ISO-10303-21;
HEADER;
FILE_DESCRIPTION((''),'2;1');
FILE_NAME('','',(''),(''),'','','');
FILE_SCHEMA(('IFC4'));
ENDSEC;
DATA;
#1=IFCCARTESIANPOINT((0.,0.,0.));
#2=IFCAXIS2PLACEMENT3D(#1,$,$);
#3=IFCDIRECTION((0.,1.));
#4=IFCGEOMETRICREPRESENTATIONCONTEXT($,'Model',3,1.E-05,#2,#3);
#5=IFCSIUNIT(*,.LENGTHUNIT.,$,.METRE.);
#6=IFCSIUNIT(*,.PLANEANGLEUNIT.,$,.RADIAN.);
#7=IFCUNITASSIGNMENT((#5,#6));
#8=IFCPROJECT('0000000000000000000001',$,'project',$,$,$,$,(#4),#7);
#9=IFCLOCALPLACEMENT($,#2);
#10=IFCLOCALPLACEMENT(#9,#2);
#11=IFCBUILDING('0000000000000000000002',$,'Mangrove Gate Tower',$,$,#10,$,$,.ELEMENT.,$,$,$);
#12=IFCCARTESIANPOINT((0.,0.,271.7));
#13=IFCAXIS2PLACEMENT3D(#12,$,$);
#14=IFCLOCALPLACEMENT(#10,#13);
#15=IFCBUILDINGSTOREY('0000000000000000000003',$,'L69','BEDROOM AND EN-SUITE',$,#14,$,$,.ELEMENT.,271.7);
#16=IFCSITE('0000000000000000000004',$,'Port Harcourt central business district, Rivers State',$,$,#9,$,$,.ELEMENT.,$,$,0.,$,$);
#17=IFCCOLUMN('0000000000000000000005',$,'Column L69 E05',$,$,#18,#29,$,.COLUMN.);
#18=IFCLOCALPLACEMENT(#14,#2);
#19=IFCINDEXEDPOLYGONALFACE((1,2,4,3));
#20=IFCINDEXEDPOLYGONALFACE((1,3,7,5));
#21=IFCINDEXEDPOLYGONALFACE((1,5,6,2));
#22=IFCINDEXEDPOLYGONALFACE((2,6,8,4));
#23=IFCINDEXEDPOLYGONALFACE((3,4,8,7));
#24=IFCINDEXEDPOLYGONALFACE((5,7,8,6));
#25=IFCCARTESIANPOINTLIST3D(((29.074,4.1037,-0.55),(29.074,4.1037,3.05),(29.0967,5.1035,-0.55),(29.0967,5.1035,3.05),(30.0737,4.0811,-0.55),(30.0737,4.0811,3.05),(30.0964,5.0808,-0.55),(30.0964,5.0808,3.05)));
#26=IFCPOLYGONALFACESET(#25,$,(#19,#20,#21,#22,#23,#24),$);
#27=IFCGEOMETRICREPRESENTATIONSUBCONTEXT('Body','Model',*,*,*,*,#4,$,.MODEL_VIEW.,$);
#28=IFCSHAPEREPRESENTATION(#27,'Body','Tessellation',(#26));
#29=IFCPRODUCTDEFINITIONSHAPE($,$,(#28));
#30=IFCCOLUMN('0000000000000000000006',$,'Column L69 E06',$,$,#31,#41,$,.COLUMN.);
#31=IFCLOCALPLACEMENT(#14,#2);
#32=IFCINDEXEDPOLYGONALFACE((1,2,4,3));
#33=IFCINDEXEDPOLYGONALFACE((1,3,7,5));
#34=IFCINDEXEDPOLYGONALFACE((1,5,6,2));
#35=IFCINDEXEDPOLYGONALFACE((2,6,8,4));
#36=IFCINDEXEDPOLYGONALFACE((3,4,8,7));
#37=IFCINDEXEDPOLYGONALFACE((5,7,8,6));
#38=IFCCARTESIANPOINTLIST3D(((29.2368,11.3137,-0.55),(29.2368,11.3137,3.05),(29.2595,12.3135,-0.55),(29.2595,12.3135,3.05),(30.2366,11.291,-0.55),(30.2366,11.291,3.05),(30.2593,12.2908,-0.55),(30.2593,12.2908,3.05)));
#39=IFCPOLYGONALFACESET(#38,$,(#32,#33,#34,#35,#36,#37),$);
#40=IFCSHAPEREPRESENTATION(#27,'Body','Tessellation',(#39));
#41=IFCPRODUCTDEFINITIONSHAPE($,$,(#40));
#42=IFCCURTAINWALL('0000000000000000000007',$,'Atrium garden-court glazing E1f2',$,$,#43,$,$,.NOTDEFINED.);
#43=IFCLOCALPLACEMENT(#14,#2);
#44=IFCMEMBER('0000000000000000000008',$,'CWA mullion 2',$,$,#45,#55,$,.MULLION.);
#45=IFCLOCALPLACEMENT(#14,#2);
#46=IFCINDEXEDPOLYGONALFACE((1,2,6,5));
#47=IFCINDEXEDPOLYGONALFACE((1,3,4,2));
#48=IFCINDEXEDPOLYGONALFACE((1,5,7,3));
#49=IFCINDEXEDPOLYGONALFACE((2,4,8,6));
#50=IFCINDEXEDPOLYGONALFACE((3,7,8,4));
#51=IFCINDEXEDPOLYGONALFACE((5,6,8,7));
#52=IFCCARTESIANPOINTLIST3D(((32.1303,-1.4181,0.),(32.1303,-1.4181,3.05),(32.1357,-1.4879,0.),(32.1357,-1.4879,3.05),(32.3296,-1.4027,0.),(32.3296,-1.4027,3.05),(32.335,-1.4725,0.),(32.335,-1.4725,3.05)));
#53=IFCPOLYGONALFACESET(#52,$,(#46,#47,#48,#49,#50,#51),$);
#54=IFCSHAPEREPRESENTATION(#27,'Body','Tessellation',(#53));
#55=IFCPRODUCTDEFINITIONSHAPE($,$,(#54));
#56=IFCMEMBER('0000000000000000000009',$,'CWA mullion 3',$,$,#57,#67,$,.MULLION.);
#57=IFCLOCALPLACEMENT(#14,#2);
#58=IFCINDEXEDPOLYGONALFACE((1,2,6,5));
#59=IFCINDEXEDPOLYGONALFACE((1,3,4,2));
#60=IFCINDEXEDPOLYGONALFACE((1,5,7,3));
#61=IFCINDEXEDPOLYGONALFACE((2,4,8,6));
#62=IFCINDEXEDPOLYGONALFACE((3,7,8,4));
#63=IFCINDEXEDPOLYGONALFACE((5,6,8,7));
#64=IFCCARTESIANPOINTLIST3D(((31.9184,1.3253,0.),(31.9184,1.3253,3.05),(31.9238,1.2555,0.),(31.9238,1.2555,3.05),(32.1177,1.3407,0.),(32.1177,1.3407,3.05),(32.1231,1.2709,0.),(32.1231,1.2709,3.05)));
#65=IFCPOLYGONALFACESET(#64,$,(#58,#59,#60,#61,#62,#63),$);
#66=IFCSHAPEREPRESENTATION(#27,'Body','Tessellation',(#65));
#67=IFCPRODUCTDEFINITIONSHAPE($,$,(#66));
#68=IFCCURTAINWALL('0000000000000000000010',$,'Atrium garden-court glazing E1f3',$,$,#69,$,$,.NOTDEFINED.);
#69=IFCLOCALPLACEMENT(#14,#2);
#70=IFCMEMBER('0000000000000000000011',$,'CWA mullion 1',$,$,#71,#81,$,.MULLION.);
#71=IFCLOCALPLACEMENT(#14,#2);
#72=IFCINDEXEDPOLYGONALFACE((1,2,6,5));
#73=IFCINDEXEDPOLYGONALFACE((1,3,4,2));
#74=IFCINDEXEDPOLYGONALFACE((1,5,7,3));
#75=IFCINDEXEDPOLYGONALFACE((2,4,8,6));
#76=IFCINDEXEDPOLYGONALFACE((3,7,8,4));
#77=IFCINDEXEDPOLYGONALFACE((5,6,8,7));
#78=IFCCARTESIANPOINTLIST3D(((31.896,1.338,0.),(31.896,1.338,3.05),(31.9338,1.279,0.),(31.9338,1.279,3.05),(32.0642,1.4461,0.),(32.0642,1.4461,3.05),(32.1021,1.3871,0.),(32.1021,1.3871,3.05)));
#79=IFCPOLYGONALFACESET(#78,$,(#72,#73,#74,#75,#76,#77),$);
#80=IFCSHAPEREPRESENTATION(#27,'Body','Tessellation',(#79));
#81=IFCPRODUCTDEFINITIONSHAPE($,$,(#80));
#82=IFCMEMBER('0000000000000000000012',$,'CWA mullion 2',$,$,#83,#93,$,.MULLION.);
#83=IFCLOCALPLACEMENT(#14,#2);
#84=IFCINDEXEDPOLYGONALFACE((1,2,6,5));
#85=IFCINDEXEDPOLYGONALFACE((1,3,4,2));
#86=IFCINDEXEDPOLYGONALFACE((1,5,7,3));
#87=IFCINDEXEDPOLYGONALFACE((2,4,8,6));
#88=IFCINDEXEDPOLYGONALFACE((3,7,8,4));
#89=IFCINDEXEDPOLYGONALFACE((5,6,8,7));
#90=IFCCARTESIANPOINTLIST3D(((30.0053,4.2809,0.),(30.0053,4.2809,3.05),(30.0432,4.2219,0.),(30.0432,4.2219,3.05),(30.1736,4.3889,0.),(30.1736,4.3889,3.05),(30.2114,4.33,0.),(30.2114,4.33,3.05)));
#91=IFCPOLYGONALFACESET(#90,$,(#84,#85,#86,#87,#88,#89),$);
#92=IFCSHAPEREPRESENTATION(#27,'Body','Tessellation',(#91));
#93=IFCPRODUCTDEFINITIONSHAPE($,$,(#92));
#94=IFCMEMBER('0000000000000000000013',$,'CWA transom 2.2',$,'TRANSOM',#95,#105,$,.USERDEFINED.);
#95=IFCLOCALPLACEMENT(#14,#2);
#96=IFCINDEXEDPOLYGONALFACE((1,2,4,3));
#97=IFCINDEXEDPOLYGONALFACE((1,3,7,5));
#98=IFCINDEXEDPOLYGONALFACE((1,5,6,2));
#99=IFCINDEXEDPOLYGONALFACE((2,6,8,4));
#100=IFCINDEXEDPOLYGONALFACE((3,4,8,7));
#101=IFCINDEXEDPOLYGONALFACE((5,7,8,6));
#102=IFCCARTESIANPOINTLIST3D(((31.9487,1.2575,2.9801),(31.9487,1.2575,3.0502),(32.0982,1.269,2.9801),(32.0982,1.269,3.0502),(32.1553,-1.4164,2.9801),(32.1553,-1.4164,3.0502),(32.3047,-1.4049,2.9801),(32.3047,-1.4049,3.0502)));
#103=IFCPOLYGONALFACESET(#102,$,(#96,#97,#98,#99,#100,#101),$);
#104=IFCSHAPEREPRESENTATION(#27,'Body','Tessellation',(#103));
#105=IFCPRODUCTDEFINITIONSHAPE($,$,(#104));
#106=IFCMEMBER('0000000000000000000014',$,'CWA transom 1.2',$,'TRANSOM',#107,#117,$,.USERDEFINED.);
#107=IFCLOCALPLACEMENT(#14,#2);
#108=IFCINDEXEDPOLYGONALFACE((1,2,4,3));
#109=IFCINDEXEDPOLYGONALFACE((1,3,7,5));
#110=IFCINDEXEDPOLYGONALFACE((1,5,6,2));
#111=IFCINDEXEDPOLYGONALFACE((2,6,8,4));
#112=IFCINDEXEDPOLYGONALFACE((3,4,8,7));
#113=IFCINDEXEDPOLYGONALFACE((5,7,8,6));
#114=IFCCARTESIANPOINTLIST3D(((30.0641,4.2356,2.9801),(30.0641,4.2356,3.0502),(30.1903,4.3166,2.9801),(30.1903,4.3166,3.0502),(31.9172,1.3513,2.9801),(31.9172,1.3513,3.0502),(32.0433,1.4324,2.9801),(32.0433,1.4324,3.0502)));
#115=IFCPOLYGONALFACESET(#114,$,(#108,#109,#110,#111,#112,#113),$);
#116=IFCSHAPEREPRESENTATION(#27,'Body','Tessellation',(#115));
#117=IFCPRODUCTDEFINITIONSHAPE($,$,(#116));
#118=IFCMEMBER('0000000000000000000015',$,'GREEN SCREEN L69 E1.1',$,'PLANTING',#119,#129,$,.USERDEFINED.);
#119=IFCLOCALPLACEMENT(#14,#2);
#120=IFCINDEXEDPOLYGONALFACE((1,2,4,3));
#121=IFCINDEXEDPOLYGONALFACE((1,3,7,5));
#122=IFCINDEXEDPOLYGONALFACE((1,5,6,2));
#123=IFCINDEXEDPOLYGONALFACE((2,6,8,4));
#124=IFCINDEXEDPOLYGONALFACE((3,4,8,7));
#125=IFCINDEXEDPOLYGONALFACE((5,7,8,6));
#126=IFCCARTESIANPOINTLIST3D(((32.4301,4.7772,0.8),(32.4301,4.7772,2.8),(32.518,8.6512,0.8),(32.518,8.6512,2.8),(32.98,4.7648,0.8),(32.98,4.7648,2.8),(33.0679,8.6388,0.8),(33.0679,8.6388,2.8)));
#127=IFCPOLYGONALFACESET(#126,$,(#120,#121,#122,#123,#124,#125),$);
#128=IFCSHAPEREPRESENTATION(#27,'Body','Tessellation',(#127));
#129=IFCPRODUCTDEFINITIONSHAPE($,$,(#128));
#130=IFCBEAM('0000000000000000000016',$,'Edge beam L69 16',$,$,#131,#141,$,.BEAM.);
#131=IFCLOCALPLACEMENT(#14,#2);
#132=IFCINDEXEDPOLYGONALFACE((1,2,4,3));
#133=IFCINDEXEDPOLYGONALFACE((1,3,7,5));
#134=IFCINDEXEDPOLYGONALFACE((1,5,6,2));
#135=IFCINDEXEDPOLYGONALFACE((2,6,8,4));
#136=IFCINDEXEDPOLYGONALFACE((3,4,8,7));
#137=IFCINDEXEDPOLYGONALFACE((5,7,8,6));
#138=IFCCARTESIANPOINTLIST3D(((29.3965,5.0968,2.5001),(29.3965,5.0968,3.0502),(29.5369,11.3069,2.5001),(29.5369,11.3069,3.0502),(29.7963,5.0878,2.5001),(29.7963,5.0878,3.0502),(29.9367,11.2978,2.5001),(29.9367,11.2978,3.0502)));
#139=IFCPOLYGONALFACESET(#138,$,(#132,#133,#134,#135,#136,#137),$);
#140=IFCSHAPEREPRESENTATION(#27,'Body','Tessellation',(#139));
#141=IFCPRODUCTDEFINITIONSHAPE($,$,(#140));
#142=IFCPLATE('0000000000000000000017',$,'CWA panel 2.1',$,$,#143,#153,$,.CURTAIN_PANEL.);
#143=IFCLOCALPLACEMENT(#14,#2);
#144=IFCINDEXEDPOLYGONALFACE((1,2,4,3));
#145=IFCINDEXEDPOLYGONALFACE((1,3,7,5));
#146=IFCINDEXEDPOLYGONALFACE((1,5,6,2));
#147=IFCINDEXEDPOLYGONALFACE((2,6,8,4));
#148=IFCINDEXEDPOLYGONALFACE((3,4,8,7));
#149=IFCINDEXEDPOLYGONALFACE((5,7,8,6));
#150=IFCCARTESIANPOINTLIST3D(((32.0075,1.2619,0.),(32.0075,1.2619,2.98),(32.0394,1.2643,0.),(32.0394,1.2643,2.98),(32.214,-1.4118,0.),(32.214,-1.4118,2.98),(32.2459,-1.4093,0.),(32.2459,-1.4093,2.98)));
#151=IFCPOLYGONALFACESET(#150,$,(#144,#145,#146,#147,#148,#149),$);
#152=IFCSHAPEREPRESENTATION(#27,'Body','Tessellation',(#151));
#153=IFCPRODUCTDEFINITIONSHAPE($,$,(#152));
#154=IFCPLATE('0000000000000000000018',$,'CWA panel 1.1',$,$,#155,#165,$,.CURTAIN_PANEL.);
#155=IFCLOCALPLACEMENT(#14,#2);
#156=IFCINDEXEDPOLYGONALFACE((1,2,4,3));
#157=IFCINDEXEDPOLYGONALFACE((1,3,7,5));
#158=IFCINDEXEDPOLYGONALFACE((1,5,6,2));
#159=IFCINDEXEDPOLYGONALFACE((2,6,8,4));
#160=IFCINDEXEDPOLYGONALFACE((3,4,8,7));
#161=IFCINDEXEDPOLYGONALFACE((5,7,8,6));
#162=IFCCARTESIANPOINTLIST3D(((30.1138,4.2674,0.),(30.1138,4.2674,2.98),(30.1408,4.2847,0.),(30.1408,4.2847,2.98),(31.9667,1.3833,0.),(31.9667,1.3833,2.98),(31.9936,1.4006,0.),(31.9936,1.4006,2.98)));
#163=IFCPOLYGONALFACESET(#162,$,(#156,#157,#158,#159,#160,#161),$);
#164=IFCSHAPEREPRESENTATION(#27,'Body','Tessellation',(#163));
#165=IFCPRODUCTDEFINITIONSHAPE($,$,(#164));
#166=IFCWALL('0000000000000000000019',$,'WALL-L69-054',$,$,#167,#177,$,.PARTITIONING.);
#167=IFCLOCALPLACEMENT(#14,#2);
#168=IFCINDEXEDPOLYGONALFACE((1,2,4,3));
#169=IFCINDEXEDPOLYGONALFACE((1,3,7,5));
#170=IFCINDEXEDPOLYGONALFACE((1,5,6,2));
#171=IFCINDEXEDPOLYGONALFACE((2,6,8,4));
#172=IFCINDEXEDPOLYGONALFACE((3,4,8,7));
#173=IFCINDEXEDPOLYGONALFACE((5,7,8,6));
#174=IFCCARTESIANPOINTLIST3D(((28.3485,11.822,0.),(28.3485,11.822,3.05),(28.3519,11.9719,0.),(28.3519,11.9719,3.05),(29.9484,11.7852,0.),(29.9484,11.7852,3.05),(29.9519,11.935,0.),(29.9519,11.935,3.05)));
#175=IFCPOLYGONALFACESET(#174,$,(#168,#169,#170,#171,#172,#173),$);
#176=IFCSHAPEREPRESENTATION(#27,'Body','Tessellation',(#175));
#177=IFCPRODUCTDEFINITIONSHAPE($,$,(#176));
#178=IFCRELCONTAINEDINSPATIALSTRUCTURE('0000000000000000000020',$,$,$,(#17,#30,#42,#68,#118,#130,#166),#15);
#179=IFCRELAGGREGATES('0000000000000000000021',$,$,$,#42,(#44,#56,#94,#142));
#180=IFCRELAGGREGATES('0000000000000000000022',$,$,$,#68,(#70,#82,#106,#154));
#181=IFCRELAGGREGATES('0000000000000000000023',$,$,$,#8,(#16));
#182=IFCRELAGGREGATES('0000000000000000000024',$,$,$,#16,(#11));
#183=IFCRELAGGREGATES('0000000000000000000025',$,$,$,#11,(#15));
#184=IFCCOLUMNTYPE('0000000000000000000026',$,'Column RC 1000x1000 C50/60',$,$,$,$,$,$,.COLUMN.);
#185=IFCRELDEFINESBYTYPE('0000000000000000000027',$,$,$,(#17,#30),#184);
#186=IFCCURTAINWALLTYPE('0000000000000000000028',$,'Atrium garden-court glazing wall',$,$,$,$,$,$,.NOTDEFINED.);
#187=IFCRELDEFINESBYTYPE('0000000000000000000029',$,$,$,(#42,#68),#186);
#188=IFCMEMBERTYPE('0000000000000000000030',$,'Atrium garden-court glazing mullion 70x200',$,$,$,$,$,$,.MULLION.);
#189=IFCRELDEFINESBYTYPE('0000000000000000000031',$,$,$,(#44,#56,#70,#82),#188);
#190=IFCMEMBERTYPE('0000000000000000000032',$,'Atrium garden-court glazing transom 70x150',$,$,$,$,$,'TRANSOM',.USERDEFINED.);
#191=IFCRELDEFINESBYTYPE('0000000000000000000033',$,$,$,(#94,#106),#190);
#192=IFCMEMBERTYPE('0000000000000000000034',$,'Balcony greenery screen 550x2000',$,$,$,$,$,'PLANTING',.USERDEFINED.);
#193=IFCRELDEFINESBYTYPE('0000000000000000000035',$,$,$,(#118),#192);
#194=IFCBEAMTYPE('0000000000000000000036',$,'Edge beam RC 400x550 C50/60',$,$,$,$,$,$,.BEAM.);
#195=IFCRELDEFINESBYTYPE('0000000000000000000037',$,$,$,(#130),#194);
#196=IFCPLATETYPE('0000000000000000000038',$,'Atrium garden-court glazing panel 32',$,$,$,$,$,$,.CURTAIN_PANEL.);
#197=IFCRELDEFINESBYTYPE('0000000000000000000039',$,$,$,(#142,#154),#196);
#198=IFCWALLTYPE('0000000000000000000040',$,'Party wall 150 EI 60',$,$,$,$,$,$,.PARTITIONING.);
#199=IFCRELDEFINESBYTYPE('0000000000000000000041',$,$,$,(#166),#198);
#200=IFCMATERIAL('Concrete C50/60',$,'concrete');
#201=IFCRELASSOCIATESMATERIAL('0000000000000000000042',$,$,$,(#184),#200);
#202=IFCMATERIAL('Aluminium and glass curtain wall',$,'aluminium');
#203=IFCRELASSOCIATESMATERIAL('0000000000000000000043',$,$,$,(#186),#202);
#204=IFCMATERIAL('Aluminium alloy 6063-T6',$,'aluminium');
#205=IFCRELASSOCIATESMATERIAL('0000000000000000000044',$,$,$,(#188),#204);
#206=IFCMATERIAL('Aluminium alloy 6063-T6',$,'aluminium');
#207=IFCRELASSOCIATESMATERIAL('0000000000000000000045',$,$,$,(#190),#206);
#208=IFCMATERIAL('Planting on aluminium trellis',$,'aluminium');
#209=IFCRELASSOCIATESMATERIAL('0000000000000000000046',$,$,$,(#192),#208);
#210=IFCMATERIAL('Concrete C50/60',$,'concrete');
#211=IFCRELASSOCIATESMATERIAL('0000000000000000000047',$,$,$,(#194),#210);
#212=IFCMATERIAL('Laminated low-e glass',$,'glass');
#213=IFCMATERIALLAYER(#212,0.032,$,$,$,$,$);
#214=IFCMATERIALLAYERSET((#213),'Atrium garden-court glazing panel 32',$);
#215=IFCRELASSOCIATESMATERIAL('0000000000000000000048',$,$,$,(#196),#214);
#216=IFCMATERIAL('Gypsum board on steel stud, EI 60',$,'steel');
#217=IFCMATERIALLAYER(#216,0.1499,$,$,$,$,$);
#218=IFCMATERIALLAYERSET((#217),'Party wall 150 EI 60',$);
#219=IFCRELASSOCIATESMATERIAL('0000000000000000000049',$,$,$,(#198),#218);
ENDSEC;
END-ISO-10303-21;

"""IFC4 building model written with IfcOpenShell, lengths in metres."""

from ifc_helpers import new_model, si_unit, direction, frame, frame_2d, origin, origin_2d, place, context, subcontext, project, spatial, rectangle, extrude, material, layer, layer_set, material_profile, profile_set, type_object, element, aggregate, save


model = new_model("IFC4")

# Units and contexts
model_context = context("Model", 3, precision=1e-05, world=origin(), true_north=direction((0.0, 1.0)))
body_context = subcontext(model_context, "Body", "Model", "MODEL_VIEW")
ifc_project = project(units=[si_unit("LENGTHUNIT", "METRE"), si_unit("PLANEANGLEUNIT", "RADIAN")], contexts=[model_context])

# Site, building, storey
site_placement = place(None, origin())
site = spatial("IfcSite", under=ifc_project, at=site_placement, Name="Port Harcourt central business district, Rivers State", CompositionType="ELEMENT", RefElevation=0.0)
building_placement = place(site_placement, origin())
building = spatial("IfcBuilding", under=site, at=building_placement, Name="Mangrove Gate Tower", CompositionType="ELEMENT")
storey_placement = place(building_placement, frame((0.0, 0.0, 271.7)))
storey = spatial("IfcBuildingStorey", under=building, at=storey_placement, Name="L69", Description="BEDROOM AND EN-SUITE", CompositionType="ELEMENT", Elevation=271.7)

# Columns
ifc_material_1 = material(Name="Concrete C50/60", Category="concrete")
ifc_material_profile_1 = material_profile(ifc_material_1, rectangle(XDim=1.0, YDim=1.0, at=origin_2d()))
ifc_profile_set_1 = profile_set([ifc_material_profile_1], Name="Concrete C50/60")
column_type = type_object("IfcColumnType", Name="Column RC 1000x1000 C50/60", PredefinedType="COLUMN", material=ifc_profile_set_1)
for number, where, z_axis, x_axis, name in (
    (1, (29.5852, 4.5923, -0.55), (0.0, 0.0, 1.0), (0.02266, 0.999743, 0.0), "Column L69 E05"),
    (2, (29.748, 11.8022, -0.55), (0.0, 0.0, 1.0), (0.022669, 0.999743, 0.0), "Column L69 E06"),
):
    element("IfcColumn", number, at=place(storey_placement, frame(where, z_axis=z_axis, x_axis=x_axis)), inside=storey, type_object=column_type, Name=name, PredefinedType="COLUMN", context=body_context, shape_type="SweptSolid", body=[
        extrude(rectangle(XDim=1.0, YDim=1.0, at=origin_2d()), origin(), (0.0, 0.0, 1.0), 3.6001),
    ])

# Curtain walls, members
ifc_material_2 = material(Name="Aluminium and glass curtain wall", Category="aluminium")
curtain_wall_type = type_object("IfcCurtainWallType", Name="Atrium garden-court glazing wall", PredefinedType="NOTDEFINED", material=ifc_material_2)
curtain_wall_1_placement = place(storey_placement, origin())
curtain_wall_1 = element("IfcCurtainWall", 3, at=curtain_wall_1_placement, inside=storey, type_object=curtain_wall_type, Name="Atrium garden-court glazing E1f2", PredefinedType="NOTDEFINED")
ifc_material_3 = material(Name="Aluminium alloy 6063-T6", Category="aluminium")
ifc_material_profile_2 = material_profile(ifc_material_3, rectangle(XDim=0.0701, YDim=0.2, at=origin_2d()))
ifc_profile_set_2 = profile_set([ifc_material_profile_2], Name="Aluminium alloy 6063-T6")
member_type_1 = type_object("IfcMemberType", Name="Atrium garden-court glazing mullion 70x200", PredefinedType="MULLION", material=ifc_profile_set_2)
member_1_placement = place(storey_placement, frame((32.2327, -1.4453, 0.0), z_axis=(0.0, 0.0, 1.0), x_axis=(-0.077023, 0.997029, 0.0)))
member_1 = element("IfcMember", 4, at=member_1_placement, type_object=member_type_1, Name="CWA mullion 2", PredefinedType="MULLION", context=body_context, shape_type="SweptSolid", body=[
    extrude(rectangle(XDim=0.0701, YDim=0.2, at=origin_2d()), origin(), (0.0, 0.0, 1.0), 3.05),
])
member_2_placement = place(storey_placement, frame((32.0208, 1.2981, 0.0), z_axis=(0.0, 0.0, 1.0), x_axis=(-0.077023, 0.997029, 0.0)))
member_2 = element("IfcMember", 5, at=member_2_placement, type_object=member_type_1, Name="CWA mullion 3", PredefinedType="MULLION", context=body_context, shape_type="SweptSolid", body=[
    extrude(rectangle(XDim=0.0701, YDim=0.2, at=origin_2d()), origin(), (0.0, 0.0, 1.0), 3.05),
])
curtain_wall_2_placement = place(storey_placement, origin())
curtain_wall_2 = element("IfcCurtainWall", 6, at=curtain_wall_2_placement, inside=storey, type_object=curtain_wall_type, Name="Atrium garden-court glazing E1f3", PredefinedType="NOTDEFINED")
member_3_placement = place(storey_placement, frame((31.999, 1.3625, 0.0), z_axis=(0.0, 0.0, 1.0), x_axis=(-0.540498, 0.841345, 0.0)))
member_3 = element("IfcMember", 7, at=member_3_placement, type_object=member_type_1, Name="CWA mullion 1", PredefinedType="MULLION", context=body_context, shape_type="SweptSolid", body=[
    extrude(rectangle(XDim=0.0701, YDim=0.2, at=origin_2d()), origin(), (0.0, 0.0, 1.0), 3.05),
])
member_4_placement = place(storey_placement, frame((30.1084, 4.3054, 0.0), z_axis=(0.0, 0.0, 1.0), x_axis=(-0.540498, 0.841345, 0.0)))
member_4 = element("IfcMember", 8, at=member_4_placement, type_object=member_type_1, Name="CWA mullion 2", PredefinedType="MULLION", context=body_context, shape_type="SweptSolid", body=[
    extrude(rectangle(XDim=0.0701, YDim=0.2, at=origin_2d()), origin(), (0.0, 0.0, 1.0), 3.05),
])

# Members
ifc_material_4 = material(Name="Aluminium alloy 6063-T6", Category="aluminium")
ifc_material_profile_3 = material_profile(ifc_material_4, rectangle(XDim=0.0701, YDim=0.1499, at=origin_2d()))
ifc_profile_set_3 = profile_set([ifc_material_profile_3], Name="Aluminium alloy 6063-T6")
member_type_2 = type_object("IfcMemberType", Name="Atrium garden-court glazing transom 70x150", ElementType="TRANSOM", PredefinedType="USERDEFINED", material=ifc_profile_set_3)
member_5_placement = place(storey_placement, frame((32.23, -1.4106, 3.0151), z_axis=(-0.077017, 0.99703, 0.0), x_axis=(0.0, 0.0, 1.0)))
member_5 = element("IfcMember", 9, at=member_5_placement, type_object=member_type_2, Name="CWA transom 2.2", ObjectType="TRANSOM", PredefinedType="USERDEFINED", context=body_context, shape_type="SweptSolid", body=[
    extrude(rectangle(XDim=0.0701, YDim=0.1499, at=origin_2d()), origin(), (0.0, 0.0, 1.0), 2.6819),
])
member_6_placement = place(storey_placement, frame((31.9802, 1.3918, 3.0151), z_axis=(-0.54052, 0.841331, 0.0), x_axis=(0.0, 0.0, 1.0)))
member_6 = element("IfcMember", 10, at=member_6_placement, type_object=member_type_2, Name="CWA transom 1.2", ObjectType="TRANSOM", PredefinedType="USERDEFINED", context=body_context, shape_type="SweptSolid", body=[
    extrude(rectangle(XDim=0.0701, YDim=0.1499, at=origin_2d()), origin(), (0.0, 0.0, 1.0), 3.4282),
])
ifc_material_5 = material(Name="Planting on aluminium trellis", Category="aluminium")
ifc_material_profile_4 = material_profile(ifc_material_5, rectangle(XDim=0.55, YDim=2.0, at=origin_2d()))
ifc_profile_set_4 = profile_set([ifc_material_profile_4], Name="Planting on aluminium trellis")
member_type_3 = type_object("IfcMemberType", Name="Balcony greenery screen 550x2000", ElementType="PLANTING", PredefinedType="USERDEFINED", material=ifc_profile_set_4)
member_7_placement = place(storey_placement, frame((32.7051, 4.771, 1.8), z_axis=(0.022681, 0.999743, 0.0), x_axis=(-0.999743, 0.022681, 0.0)))
element("IfcMember", 11, at=member_7_placement, inside=storey, type_object=member_type_3, Name="GREEN SCREEN L69 E1.1", ObjectType="PLANTING", PredefinedType="USERDEFINED", context=body_context, shape_type="SweptSolid", body=[
    extrude(rectangle(XDim=0.55, YDim=2.0, at=origin_2d()), origin(), (0.0, 0.0, 1.0), 3.875),
])

# Beam
ifc_material_6 = material(Name="Concrete C50/60", Category="concrete")
ifc_material_profile_5 = material_profile(ifc_material_6, rectangle(XDim=0.3999, YDim=0.55, at=origin_2d()))
ifc_profile_set_5 = profile_set([ifc_material_profile_5], Name="Concrete C50/60")
beam_type = type_object("IfcBeamType", Name="Edge beam RC 400x550 C50/60", PredefinedType="BEAM", material=ifc_profile_set_5)
beam_placement = place(storey_placement, frame((29.5964, 5.0923, 2.7751), z_axis=(0.022599, 0.999745, 0.0), x_axis=(-0.999745, 0.022599, 0.0)))
element("IfcBeam", 12, at=beam_placement, inside=storey, type_object=beam_type, Name="Edge beam L69 16", PredefinedType="BEAM", context=body_context, shape_type="SweptSolid", body=[
    extrude(rectangle(XDim=0.3999, YDim=0.55, at=origin_2d()), origin(), (0.0, 0.0, 1.0), 6.2117),
])

# Plates
ifc_material_7 = material(Name="Laminated low-e glass", Category="glass")
ifc_layer_1 = layer(ifc_material_7, 0.032)
ifc_layer_set_1 = layer_set([ifc_layer_1], Name="Atrium garden-court glazing panel 32")
plate_type = type_object("IfcPlateType", Name="Atrium garden-court glazing panel 32", PredefinedType="CURTAIN_PANEL", material=ifc_layer_set_1)
plate_1_placement = place(storey_placement, frame((32.1267, -0.0737, 0.0), z_axis=(0.0, 0.0, 1.0), x_axis=(-0.077023, 0.997029, 0.0)))
plate_1 = element("IfcPlate", 13, at=plate_1_placement, type_object=plate_type, Name="CWA panel 2.1", PredefinedType="CURTAIN_PANEL", context=body_context, shape_type="SweptSolid", body=[
    extrude(rectangle(XDim=2.6816, YDim=0.032, at=origin_2d()), origin(), (0.0, 0.0, 1.0), 2.98),
])
aggregate(curtain_wall_1, [member_1, member_2, member_5, plate_1])
plate_2_placement = place(storey_placement, frame((31.0537, 2.834, 0.0), z_axis=(0.0, 0.0, 1.0), x_axis=(-0.540498, 0.841345, 0.0)))
plate_2 = element("IfcPlate", 14, at=plate_2_placement, type_object=plate_type, Name="CWA panel 1.1", PredefinedType="CURTAIN_PANEL", context=body_context, shape_type="SweptSolid", body=[
    extrude(rectangle(XDim=3.428, YDim=0.032, at=origin_2d()), origin(), (0.0, 0.0, 1.0), 2.98),
])
aggregate(curtain_wall_2, [member_3, member_4, member_6, plate_2])

# Wall
ifc_material_8 = material(Name="Gypsum board on steel stud, EI 60", Category="steel")
ifc_layer_2 = layer(ifc_material_8, 0.1499)
ifc_layer_set_2 = layer_set([ifc_layer_2], Name="Party wall 150 EI 60")
wall_type_1 = type_object("IfcWallType", Name="Party wall 150 EI 60", PredefinedType="PARTITIONING", material=ifc_layer_set_2)
wall_1_placement = place(storey_placement, frame((28.3501, 11.897, 0.0), z_axis=(0.0, 0.0, 1.0), x_axis=(0.999735, -0.023037, 0.0)))
element("IfcWall", 15, at=wall_1_placement, inside=storey, type_object=wall_type_1, Name="WALL-L69-054", PredefinedType="PARTITIONING", context=body_context, shape_type="SweptSolid", body=[
    extrude(rectangle(XDim=1.6003, YDim=0.1499, at=frame_2d((0.8003, 0.0))), origin(), (0.0, 0.0, 1.0), 3.05),
])

save(model, "model.ifc")
